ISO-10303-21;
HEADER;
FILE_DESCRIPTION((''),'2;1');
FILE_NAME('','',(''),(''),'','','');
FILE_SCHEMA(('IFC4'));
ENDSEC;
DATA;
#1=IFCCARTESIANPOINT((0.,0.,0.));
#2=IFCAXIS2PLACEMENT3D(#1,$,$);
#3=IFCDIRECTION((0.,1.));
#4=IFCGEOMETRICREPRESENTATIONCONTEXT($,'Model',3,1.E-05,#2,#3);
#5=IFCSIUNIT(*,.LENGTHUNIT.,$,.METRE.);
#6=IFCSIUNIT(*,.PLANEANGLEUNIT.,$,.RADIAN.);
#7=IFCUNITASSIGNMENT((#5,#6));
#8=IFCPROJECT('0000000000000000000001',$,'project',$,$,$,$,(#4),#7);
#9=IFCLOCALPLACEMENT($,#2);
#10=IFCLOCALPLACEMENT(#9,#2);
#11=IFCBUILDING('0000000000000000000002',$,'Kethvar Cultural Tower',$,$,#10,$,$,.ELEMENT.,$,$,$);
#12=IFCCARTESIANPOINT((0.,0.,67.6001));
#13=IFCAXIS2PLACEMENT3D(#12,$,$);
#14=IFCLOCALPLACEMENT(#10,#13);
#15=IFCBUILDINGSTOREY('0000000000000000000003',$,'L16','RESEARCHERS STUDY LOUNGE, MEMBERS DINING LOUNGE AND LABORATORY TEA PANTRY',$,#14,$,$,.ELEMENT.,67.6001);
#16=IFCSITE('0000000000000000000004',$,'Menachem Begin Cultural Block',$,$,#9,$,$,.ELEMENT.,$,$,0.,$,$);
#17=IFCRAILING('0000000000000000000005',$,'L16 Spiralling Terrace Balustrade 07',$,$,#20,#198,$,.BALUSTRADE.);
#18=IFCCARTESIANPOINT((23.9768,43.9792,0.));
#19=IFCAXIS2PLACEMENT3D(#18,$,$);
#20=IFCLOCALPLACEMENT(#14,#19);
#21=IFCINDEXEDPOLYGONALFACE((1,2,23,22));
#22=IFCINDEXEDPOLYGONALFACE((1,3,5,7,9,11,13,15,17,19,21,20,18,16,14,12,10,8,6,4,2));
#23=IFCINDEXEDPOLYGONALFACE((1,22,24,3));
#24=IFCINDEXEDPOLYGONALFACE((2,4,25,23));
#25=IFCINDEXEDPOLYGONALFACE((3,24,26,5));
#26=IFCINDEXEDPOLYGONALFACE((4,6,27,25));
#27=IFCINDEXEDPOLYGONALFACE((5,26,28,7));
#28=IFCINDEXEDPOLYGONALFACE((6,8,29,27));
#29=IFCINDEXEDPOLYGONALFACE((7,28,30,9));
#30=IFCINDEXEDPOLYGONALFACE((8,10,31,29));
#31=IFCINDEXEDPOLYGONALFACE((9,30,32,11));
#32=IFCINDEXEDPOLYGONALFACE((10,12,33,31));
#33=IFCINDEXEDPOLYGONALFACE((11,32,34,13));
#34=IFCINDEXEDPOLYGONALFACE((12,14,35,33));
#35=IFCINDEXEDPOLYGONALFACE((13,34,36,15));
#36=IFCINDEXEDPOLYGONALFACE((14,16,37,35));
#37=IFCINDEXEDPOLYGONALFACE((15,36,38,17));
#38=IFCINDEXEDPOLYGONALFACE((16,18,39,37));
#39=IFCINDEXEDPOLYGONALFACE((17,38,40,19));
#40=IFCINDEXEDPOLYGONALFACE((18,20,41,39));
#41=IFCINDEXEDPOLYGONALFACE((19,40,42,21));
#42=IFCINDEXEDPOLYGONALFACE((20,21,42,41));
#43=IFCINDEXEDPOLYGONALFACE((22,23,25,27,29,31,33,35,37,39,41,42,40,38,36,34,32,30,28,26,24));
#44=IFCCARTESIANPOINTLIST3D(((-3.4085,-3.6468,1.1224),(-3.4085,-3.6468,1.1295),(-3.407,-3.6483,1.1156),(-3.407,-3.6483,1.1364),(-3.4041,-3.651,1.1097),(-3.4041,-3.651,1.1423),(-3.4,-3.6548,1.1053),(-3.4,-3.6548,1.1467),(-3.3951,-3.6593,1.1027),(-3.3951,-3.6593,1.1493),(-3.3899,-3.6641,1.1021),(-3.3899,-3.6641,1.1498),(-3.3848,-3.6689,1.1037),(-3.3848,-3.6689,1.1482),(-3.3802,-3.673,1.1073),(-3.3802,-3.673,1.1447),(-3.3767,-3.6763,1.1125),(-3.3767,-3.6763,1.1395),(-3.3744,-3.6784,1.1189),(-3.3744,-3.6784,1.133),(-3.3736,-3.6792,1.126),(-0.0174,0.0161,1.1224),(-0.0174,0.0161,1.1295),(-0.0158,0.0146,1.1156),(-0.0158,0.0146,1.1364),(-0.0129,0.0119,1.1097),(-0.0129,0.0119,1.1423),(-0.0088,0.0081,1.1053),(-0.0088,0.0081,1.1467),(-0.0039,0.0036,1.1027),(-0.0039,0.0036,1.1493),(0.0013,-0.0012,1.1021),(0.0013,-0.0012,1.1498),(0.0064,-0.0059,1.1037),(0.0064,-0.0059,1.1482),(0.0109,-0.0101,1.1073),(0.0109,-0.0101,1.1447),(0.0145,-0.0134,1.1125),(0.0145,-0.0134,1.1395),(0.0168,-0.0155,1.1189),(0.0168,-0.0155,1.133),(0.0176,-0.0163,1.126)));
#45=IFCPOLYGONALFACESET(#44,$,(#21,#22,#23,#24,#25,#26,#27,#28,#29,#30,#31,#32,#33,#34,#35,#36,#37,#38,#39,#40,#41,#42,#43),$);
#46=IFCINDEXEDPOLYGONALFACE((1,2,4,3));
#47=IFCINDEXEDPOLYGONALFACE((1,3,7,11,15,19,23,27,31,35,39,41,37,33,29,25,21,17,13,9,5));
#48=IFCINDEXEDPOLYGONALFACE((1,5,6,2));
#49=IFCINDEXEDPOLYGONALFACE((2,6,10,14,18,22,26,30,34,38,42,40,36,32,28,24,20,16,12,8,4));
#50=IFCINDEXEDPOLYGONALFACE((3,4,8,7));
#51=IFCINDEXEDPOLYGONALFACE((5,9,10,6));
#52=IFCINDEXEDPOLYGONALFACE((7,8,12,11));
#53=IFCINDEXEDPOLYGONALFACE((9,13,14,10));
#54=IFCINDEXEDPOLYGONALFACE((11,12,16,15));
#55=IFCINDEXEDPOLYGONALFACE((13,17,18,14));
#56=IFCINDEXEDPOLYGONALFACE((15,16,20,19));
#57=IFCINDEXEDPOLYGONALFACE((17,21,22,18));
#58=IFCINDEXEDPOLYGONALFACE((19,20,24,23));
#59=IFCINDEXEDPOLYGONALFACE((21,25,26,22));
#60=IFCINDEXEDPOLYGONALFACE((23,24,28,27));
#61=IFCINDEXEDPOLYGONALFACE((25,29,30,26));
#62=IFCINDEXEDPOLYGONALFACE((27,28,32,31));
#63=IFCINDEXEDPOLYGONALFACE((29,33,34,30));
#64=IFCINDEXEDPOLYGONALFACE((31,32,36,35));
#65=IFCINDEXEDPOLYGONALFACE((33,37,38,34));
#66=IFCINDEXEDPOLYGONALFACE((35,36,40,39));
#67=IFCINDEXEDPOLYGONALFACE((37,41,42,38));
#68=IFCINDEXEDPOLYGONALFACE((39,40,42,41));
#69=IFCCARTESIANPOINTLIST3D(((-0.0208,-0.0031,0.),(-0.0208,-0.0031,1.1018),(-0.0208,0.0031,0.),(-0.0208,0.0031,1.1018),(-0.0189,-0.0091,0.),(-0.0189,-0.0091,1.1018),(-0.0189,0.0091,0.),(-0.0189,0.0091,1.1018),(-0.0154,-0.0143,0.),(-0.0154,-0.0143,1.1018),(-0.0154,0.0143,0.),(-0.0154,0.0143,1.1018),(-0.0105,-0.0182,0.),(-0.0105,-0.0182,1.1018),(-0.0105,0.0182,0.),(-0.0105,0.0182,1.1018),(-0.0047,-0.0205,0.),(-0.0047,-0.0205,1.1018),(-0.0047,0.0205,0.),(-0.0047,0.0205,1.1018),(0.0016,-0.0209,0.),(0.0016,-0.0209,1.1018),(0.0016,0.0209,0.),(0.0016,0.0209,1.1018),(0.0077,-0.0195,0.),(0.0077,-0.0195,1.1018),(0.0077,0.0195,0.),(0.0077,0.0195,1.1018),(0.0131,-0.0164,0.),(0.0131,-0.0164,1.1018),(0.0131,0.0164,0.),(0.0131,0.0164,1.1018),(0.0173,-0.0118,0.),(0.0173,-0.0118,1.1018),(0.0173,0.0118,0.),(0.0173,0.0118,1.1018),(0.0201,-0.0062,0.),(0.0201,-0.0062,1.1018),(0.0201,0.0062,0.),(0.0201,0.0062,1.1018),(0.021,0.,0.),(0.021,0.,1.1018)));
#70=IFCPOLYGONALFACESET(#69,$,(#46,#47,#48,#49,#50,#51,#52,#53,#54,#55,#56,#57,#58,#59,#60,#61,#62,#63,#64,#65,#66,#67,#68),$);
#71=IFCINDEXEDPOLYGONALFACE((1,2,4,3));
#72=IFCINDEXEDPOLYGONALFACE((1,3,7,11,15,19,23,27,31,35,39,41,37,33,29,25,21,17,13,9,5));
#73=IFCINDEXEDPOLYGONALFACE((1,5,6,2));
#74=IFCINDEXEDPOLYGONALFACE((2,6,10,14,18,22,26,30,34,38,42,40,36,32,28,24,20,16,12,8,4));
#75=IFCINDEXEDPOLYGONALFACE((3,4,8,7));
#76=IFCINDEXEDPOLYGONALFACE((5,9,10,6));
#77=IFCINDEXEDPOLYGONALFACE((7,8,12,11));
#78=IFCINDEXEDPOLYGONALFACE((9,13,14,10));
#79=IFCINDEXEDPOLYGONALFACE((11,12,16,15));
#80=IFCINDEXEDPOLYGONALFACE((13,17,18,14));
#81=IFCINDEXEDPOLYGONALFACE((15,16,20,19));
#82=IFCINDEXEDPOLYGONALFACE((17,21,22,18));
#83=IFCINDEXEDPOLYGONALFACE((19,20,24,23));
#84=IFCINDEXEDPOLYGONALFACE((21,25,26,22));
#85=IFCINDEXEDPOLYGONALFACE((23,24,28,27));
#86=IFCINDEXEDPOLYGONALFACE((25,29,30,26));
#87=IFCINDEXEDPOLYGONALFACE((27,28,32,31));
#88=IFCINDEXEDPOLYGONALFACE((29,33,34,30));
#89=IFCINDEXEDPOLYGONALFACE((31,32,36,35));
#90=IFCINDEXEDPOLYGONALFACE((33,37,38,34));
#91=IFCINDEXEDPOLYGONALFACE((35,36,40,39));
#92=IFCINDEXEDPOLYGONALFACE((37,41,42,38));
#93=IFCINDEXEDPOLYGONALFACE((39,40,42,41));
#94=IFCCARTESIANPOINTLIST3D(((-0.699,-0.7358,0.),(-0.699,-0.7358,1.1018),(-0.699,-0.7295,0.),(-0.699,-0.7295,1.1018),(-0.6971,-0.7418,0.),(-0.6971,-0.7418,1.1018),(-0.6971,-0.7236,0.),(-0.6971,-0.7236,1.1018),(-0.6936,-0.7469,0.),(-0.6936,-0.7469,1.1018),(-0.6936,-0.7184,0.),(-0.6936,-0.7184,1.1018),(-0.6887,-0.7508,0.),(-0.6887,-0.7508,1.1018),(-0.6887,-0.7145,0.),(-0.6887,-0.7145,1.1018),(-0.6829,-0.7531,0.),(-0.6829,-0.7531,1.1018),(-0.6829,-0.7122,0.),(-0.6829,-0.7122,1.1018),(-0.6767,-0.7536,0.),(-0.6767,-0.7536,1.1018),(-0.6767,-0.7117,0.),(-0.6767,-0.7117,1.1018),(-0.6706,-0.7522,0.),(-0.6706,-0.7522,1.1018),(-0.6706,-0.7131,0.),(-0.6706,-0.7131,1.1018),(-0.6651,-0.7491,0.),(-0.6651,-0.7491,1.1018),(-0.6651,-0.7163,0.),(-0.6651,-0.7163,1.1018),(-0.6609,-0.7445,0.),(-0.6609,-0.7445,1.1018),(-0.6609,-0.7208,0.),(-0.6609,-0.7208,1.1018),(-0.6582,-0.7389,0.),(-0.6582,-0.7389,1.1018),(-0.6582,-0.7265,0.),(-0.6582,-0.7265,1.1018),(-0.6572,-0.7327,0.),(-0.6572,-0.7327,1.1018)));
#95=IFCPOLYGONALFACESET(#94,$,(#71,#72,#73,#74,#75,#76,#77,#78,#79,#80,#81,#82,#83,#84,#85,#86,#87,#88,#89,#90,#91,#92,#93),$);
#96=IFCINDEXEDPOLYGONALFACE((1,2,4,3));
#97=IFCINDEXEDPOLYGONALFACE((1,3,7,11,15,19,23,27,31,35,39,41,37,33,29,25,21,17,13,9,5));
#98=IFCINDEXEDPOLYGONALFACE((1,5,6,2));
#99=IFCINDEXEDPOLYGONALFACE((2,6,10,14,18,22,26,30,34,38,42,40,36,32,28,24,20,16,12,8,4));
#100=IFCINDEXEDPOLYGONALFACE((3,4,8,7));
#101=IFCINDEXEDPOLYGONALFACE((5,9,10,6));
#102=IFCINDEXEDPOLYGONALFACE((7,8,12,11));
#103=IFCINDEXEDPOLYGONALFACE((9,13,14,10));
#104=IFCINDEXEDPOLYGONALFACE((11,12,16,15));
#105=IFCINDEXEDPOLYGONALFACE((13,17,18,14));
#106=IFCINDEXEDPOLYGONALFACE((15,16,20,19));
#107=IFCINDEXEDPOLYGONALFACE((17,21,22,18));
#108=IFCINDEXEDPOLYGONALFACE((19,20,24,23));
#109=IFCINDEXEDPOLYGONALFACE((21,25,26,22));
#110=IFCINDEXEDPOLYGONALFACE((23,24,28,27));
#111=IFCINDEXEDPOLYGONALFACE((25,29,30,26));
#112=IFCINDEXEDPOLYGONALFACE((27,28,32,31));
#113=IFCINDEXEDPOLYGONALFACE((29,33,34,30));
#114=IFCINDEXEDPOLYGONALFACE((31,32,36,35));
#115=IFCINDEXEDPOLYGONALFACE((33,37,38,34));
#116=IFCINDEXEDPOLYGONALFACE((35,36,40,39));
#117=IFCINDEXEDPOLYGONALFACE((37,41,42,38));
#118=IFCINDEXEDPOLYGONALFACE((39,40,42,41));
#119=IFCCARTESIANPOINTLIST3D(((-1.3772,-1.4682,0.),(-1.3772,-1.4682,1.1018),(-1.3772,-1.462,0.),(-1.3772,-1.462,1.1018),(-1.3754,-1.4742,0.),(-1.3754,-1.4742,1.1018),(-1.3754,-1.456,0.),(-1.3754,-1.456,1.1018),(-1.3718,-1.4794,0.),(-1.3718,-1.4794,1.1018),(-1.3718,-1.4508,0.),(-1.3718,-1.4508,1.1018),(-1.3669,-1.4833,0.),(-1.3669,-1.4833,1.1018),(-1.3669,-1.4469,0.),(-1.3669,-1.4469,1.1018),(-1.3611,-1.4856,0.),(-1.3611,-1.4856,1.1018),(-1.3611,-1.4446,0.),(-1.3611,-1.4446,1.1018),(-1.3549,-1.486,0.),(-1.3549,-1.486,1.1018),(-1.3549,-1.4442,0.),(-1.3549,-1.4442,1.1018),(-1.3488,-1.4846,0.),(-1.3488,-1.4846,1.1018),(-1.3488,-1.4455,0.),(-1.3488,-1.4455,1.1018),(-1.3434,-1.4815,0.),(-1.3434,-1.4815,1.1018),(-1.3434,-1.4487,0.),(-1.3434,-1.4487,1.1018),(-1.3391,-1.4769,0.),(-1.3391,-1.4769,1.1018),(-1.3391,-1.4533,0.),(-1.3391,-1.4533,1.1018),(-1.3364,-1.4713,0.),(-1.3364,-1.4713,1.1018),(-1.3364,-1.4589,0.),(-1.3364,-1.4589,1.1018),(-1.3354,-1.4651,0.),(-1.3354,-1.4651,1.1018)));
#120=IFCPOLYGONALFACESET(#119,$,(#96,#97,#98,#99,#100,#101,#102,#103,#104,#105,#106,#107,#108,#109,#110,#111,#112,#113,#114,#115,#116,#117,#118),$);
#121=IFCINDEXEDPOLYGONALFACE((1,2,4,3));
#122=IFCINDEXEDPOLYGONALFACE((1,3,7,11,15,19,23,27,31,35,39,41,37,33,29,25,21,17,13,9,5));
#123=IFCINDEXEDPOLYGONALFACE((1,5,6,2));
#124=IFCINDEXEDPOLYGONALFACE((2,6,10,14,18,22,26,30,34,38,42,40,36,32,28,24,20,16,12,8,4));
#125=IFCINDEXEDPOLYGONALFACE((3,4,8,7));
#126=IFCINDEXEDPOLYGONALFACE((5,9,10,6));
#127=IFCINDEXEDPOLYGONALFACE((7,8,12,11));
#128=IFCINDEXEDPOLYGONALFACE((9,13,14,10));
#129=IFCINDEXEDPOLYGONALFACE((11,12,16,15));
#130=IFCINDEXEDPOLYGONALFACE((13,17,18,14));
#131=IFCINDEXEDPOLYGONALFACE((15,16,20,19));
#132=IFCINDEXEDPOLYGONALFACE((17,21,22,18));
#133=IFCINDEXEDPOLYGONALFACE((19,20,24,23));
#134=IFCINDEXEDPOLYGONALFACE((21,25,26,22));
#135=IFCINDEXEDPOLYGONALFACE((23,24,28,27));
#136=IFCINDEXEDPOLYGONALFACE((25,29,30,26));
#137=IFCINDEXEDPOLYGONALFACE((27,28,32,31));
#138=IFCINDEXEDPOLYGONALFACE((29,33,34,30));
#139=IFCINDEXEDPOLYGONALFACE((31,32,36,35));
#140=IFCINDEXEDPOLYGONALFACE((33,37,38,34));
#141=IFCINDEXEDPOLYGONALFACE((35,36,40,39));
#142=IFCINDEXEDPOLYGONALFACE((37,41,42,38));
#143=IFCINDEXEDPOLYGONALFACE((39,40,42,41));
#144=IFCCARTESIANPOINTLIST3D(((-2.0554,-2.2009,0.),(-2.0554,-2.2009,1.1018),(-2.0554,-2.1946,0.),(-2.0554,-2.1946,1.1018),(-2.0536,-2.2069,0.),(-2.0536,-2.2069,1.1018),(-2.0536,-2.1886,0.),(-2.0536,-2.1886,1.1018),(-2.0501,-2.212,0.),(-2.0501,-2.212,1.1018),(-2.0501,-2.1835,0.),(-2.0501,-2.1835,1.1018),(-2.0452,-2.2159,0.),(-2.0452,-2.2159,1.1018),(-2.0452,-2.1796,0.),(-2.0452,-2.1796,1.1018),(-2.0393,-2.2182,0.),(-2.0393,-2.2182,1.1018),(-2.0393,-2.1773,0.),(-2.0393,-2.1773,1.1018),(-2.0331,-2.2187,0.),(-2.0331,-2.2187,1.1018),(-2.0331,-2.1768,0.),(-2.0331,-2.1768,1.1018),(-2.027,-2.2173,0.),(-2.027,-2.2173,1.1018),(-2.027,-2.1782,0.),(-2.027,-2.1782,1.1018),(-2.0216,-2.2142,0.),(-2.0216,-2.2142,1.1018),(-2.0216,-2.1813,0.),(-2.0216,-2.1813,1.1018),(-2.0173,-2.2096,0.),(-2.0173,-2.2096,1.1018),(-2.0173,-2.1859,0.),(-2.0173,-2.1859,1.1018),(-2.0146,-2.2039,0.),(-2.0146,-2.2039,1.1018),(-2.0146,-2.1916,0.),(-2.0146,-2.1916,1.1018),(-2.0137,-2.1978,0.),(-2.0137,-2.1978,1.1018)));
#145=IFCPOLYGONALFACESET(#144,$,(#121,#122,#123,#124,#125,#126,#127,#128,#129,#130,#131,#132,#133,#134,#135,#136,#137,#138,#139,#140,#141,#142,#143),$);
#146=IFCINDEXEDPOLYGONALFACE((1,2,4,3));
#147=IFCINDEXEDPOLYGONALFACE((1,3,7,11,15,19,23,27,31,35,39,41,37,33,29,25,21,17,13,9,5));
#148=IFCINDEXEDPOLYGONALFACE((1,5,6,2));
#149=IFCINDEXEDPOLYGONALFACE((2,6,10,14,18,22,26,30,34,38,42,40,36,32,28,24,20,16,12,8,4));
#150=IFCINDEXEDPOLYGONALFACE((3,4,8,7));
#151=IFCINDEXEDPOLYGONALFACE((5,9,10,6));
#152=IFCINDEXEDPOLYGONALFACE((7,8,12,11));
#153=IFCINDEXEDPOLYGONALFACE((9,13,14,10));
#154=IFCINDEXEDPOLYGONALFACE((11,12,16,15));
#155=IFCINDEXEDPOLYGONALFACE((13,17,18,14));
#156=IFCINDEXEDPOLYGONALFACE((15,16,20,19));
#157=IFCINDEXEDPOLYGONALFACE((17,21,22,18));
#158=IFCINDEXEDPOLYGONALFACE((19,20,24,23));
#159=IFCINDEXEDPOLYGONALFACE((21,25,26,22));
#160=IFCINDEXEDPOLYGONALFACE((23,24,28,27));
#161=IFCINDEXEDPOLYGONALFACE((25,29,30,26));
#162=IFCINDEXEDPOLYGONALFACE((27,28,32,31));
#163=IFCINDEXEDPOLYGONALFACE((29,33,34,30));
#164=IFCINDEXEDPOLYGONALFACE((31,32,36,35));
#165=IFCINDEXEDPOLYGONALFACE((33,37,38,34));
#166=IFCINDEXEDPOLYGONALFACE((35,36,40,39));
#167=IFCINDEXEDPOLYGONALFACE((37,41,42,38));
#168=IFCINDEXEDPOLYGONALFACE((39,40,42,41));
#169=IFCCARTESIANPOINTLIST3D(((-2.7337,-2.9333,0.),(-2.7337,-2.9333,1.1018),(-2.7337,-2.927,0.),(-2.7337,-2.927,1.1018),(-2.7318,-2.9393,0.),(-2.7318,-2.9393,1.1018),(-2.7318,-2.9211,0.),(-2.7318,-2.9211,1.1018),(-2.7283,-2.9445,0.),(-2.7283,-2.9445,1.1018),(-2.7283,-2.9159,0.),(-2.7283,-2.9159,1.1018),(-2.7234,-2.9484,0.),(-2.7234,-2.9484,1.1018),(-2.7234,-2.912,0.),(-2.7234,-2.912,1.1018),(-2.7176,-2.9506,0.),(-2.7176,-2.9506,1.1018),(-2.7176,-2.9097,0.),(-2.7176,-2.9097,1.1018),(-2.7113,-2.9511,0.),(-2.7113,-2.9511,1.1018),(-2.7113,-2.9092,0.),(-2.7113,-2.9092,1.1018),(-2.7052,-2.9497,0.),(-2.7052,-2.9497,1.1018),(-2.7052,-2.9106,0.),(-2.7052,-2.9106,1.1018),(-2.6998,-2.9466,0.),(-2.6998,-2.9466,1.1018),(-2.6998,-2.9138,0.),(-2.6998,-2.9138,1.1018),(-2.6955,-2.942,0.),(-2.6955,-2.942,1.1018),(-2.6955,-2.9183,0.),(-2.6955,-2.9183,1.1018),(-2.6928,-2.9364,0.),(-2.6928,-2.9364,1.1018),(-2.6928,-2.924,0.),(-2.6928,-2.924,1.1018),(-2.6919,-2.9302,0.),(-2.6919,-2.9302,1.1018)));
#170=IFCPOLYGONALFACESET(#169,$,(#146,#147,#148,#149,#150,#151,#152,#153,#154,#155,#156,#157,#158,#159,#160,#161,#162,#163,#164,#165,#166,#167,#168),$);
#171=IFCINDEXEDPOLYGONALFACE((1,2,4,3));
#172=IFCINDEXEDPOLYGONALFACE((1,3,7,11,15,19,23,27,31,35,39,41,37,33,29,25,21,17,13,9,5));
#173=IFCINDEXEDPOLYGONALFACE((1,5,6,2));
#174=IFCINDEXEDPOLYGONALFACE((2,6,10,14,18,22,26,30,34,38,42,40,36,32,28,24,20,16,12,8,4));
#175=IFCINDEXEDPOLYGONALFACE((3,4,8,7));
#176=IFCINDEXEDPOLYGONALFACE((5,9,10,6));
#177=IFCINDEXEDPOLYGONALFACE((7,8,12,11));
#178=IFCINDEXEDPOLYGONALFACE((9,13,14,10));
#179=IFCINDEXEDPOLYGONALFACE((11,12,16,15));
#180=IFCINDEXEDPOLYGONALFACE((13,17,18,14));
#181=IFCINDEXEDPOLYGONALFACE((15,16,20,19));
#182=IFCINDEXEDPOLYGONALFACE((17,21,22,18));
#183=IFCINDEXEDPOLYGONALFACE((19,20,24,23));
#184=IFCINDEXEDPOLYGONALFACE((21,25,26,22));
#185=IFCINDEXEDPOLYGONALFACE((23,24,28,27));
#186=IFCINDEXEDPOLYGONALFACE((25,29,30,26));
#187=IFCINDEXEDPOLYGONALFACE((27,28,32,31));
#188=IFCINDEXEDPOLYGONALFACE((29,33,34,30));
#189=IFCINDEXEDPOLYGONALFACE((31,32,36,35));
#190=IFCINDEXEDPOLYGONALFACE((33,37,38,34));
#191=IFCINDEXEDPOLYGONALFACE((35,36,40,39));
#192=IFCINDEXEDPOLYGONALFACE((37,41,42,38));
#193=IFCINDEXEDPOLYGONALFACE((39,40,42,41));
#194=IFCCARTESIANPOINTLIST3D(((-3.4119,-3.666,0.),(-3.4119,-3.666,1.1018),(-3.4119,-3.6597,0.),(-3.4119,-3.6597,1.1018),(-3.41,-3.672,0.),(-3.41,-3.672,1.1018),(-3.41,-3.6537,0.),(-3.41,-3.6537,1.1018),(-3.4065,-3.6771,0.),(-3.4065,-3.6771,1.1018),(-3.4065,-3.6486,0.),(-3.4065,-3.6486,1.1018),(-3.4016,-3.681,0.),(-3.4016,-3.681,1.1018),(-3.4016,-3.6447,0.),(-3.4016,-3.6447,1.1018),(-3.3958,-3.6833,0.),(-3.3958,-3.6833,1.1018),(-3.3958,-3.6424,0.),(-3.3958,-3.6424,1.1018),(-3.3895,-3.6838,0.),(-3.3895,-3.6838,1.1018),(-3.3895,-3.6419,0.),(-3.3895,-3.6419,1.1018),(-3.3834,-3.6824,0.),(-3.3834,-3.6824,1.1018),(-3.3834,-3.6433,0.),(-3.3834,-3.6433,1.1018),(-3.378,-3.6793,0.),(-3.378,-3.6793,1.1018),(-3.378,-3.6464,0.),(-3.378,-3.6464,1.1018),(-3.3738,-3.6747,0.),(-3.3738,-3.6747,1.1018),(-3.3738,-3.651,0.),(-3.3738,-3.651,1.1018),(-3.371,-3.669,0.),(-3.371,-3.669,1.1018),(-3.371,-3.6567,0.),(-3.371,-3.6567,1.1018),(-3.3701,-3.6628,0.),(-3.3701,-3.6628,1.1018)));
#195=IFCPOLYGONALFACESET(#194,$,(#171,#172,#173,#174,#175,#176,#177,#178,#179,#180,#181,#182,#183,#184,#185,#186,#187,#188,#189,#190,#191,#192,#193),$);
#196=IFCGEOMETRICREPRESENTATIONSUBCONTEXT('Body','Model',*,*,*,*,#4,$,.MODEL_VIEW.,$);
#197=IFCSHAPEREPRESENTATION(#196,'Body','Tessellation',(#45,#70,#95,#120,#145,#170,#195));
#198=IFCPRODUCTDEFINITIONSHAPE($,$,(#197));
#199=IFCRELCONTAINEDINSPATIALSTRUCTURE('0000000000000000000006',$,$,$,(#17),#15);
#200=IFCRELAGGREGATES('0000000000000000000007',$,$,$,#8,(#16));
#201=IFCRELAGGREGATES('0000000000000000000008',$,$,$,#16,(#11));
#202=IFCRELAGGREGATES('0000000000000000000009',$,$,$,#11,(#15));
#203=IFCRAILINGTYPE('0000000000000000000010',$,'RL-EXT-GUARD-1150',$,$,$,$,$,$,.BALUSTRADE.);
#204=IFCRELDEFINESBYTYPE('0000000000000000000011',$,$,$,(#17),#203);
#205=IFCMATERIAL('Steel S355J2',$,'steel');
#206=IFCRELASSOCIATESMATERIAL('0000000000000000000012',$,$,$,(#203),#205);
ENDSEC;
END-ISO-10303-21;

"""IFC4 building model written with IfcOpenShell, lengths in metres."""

from ifc_helpers import new_model, si_unit, direction, frame, origin, origin_2d, place, context, subcontext, project, spatial, circle, extrude, material, type_object, element, save


model = new_model("IFC4")

# Units and contexts
model_context = context("Model", 3, precision=1e-05, world=origin(), true_north=direction((0.0, 1.0)))
body_context = subcontext(model_context, "Body", "Model", "MODEL_VIEW")
ifc_project = project(units=[si_unit("LENGTHUNIT", "METRE"), si_unit("PLANEANGLEUNIT", "RADIAN")], contexts=[model_context])

# Site, building, storey
site_placement = place(None, origin())
site = spatial("IfcSite", under=ifc_project, at=site_placement, Name="Menachem Begin Cultural Block", CompositionType="ELEMENT", RefElevation=0.0)
building_placement = place(site_placement, origin())
building = spatial("IfcBuilding", under=site, at=building_placement, Name="Kethvar Cultural Tower", CompositionType="ELEMENT")
storey_placement = place(building_placement, frame((0.0, 0.0, 67.6001)))
storey = spatial("IfcBuildingStorey", under=building, at=storey_placement, Name="L16", Description="RESEARCHERS STUDY LOUNGE, MEMBERS DINING LOUNGE AND LABORATORY TEA PANTRY", CompositionType="ELEMENT", Elevation=67.6001)

# Shared definitions
ifc_material_1 = material(Name="Steel S355J2", Category="steel")

# Railing
railing_type = type_object("IfcRailingType", Name="RL-EXT-GUARD-1150", PredefinedType="BALUSTRADE", material=ifc_material_1)
railing_1_placement = place(storey_placement, frame((23.9768, 43.9792, 0.0)))
element("IfcRailing", 1, at=railing_1_placement, inside=storey, type_object=railing_type, Name="L16 Spiralling Terrace Balustrade 07", PredefinedType="BALUSTRADE", context=body_context, shape_type="SweptSolid", body=[
    extrude(circle(Radius=0.0239, at=origin_2d()), frame((0.0, 0.0, 1.126), z_axis=(-0.679364, -0.733801, 0.0), x_axis=(0.733801, -0.679364, 0.0)), (0.0, 0.0, 1.0), 4.9917),
    extrude(circle(Radius=0.021, at=origin_2d()), origin(), (0.0, 0.0, 1.0), 1.1018),
    extrude(circle(Radius=0.021, at=origin_2d()), frame((-0.6782, -0.7327, 0.0)), (0.0, 0.0, 1.0), 1.1018),
    extrude(circle(Radius=0.021, at=origin_2d()), frame((-1.3564, -1.4651, 0.0)), (0.0, 0.0, 1.0), 1.1018),
    extrude(circle(Radius=0.021, at=origin_2d()), frame((-2.0347, -2.1978, 0.0)), (0.0, 0.0, 1.0), 1.1018),
    extrude(circle(Radius=0.021, at=origin_2d()), frame((-2.7129, -2.9302, 0.0)), (0.0, 0.0, 1.0), 1.1018),
    extrude(circle(Radius=0.021, at=origin_2d()), frame((-3.3911, -3.6628, 0.0)), (0.0, 0.0, 1.0), 1.1018),
])

save(model, "model.ifc")
